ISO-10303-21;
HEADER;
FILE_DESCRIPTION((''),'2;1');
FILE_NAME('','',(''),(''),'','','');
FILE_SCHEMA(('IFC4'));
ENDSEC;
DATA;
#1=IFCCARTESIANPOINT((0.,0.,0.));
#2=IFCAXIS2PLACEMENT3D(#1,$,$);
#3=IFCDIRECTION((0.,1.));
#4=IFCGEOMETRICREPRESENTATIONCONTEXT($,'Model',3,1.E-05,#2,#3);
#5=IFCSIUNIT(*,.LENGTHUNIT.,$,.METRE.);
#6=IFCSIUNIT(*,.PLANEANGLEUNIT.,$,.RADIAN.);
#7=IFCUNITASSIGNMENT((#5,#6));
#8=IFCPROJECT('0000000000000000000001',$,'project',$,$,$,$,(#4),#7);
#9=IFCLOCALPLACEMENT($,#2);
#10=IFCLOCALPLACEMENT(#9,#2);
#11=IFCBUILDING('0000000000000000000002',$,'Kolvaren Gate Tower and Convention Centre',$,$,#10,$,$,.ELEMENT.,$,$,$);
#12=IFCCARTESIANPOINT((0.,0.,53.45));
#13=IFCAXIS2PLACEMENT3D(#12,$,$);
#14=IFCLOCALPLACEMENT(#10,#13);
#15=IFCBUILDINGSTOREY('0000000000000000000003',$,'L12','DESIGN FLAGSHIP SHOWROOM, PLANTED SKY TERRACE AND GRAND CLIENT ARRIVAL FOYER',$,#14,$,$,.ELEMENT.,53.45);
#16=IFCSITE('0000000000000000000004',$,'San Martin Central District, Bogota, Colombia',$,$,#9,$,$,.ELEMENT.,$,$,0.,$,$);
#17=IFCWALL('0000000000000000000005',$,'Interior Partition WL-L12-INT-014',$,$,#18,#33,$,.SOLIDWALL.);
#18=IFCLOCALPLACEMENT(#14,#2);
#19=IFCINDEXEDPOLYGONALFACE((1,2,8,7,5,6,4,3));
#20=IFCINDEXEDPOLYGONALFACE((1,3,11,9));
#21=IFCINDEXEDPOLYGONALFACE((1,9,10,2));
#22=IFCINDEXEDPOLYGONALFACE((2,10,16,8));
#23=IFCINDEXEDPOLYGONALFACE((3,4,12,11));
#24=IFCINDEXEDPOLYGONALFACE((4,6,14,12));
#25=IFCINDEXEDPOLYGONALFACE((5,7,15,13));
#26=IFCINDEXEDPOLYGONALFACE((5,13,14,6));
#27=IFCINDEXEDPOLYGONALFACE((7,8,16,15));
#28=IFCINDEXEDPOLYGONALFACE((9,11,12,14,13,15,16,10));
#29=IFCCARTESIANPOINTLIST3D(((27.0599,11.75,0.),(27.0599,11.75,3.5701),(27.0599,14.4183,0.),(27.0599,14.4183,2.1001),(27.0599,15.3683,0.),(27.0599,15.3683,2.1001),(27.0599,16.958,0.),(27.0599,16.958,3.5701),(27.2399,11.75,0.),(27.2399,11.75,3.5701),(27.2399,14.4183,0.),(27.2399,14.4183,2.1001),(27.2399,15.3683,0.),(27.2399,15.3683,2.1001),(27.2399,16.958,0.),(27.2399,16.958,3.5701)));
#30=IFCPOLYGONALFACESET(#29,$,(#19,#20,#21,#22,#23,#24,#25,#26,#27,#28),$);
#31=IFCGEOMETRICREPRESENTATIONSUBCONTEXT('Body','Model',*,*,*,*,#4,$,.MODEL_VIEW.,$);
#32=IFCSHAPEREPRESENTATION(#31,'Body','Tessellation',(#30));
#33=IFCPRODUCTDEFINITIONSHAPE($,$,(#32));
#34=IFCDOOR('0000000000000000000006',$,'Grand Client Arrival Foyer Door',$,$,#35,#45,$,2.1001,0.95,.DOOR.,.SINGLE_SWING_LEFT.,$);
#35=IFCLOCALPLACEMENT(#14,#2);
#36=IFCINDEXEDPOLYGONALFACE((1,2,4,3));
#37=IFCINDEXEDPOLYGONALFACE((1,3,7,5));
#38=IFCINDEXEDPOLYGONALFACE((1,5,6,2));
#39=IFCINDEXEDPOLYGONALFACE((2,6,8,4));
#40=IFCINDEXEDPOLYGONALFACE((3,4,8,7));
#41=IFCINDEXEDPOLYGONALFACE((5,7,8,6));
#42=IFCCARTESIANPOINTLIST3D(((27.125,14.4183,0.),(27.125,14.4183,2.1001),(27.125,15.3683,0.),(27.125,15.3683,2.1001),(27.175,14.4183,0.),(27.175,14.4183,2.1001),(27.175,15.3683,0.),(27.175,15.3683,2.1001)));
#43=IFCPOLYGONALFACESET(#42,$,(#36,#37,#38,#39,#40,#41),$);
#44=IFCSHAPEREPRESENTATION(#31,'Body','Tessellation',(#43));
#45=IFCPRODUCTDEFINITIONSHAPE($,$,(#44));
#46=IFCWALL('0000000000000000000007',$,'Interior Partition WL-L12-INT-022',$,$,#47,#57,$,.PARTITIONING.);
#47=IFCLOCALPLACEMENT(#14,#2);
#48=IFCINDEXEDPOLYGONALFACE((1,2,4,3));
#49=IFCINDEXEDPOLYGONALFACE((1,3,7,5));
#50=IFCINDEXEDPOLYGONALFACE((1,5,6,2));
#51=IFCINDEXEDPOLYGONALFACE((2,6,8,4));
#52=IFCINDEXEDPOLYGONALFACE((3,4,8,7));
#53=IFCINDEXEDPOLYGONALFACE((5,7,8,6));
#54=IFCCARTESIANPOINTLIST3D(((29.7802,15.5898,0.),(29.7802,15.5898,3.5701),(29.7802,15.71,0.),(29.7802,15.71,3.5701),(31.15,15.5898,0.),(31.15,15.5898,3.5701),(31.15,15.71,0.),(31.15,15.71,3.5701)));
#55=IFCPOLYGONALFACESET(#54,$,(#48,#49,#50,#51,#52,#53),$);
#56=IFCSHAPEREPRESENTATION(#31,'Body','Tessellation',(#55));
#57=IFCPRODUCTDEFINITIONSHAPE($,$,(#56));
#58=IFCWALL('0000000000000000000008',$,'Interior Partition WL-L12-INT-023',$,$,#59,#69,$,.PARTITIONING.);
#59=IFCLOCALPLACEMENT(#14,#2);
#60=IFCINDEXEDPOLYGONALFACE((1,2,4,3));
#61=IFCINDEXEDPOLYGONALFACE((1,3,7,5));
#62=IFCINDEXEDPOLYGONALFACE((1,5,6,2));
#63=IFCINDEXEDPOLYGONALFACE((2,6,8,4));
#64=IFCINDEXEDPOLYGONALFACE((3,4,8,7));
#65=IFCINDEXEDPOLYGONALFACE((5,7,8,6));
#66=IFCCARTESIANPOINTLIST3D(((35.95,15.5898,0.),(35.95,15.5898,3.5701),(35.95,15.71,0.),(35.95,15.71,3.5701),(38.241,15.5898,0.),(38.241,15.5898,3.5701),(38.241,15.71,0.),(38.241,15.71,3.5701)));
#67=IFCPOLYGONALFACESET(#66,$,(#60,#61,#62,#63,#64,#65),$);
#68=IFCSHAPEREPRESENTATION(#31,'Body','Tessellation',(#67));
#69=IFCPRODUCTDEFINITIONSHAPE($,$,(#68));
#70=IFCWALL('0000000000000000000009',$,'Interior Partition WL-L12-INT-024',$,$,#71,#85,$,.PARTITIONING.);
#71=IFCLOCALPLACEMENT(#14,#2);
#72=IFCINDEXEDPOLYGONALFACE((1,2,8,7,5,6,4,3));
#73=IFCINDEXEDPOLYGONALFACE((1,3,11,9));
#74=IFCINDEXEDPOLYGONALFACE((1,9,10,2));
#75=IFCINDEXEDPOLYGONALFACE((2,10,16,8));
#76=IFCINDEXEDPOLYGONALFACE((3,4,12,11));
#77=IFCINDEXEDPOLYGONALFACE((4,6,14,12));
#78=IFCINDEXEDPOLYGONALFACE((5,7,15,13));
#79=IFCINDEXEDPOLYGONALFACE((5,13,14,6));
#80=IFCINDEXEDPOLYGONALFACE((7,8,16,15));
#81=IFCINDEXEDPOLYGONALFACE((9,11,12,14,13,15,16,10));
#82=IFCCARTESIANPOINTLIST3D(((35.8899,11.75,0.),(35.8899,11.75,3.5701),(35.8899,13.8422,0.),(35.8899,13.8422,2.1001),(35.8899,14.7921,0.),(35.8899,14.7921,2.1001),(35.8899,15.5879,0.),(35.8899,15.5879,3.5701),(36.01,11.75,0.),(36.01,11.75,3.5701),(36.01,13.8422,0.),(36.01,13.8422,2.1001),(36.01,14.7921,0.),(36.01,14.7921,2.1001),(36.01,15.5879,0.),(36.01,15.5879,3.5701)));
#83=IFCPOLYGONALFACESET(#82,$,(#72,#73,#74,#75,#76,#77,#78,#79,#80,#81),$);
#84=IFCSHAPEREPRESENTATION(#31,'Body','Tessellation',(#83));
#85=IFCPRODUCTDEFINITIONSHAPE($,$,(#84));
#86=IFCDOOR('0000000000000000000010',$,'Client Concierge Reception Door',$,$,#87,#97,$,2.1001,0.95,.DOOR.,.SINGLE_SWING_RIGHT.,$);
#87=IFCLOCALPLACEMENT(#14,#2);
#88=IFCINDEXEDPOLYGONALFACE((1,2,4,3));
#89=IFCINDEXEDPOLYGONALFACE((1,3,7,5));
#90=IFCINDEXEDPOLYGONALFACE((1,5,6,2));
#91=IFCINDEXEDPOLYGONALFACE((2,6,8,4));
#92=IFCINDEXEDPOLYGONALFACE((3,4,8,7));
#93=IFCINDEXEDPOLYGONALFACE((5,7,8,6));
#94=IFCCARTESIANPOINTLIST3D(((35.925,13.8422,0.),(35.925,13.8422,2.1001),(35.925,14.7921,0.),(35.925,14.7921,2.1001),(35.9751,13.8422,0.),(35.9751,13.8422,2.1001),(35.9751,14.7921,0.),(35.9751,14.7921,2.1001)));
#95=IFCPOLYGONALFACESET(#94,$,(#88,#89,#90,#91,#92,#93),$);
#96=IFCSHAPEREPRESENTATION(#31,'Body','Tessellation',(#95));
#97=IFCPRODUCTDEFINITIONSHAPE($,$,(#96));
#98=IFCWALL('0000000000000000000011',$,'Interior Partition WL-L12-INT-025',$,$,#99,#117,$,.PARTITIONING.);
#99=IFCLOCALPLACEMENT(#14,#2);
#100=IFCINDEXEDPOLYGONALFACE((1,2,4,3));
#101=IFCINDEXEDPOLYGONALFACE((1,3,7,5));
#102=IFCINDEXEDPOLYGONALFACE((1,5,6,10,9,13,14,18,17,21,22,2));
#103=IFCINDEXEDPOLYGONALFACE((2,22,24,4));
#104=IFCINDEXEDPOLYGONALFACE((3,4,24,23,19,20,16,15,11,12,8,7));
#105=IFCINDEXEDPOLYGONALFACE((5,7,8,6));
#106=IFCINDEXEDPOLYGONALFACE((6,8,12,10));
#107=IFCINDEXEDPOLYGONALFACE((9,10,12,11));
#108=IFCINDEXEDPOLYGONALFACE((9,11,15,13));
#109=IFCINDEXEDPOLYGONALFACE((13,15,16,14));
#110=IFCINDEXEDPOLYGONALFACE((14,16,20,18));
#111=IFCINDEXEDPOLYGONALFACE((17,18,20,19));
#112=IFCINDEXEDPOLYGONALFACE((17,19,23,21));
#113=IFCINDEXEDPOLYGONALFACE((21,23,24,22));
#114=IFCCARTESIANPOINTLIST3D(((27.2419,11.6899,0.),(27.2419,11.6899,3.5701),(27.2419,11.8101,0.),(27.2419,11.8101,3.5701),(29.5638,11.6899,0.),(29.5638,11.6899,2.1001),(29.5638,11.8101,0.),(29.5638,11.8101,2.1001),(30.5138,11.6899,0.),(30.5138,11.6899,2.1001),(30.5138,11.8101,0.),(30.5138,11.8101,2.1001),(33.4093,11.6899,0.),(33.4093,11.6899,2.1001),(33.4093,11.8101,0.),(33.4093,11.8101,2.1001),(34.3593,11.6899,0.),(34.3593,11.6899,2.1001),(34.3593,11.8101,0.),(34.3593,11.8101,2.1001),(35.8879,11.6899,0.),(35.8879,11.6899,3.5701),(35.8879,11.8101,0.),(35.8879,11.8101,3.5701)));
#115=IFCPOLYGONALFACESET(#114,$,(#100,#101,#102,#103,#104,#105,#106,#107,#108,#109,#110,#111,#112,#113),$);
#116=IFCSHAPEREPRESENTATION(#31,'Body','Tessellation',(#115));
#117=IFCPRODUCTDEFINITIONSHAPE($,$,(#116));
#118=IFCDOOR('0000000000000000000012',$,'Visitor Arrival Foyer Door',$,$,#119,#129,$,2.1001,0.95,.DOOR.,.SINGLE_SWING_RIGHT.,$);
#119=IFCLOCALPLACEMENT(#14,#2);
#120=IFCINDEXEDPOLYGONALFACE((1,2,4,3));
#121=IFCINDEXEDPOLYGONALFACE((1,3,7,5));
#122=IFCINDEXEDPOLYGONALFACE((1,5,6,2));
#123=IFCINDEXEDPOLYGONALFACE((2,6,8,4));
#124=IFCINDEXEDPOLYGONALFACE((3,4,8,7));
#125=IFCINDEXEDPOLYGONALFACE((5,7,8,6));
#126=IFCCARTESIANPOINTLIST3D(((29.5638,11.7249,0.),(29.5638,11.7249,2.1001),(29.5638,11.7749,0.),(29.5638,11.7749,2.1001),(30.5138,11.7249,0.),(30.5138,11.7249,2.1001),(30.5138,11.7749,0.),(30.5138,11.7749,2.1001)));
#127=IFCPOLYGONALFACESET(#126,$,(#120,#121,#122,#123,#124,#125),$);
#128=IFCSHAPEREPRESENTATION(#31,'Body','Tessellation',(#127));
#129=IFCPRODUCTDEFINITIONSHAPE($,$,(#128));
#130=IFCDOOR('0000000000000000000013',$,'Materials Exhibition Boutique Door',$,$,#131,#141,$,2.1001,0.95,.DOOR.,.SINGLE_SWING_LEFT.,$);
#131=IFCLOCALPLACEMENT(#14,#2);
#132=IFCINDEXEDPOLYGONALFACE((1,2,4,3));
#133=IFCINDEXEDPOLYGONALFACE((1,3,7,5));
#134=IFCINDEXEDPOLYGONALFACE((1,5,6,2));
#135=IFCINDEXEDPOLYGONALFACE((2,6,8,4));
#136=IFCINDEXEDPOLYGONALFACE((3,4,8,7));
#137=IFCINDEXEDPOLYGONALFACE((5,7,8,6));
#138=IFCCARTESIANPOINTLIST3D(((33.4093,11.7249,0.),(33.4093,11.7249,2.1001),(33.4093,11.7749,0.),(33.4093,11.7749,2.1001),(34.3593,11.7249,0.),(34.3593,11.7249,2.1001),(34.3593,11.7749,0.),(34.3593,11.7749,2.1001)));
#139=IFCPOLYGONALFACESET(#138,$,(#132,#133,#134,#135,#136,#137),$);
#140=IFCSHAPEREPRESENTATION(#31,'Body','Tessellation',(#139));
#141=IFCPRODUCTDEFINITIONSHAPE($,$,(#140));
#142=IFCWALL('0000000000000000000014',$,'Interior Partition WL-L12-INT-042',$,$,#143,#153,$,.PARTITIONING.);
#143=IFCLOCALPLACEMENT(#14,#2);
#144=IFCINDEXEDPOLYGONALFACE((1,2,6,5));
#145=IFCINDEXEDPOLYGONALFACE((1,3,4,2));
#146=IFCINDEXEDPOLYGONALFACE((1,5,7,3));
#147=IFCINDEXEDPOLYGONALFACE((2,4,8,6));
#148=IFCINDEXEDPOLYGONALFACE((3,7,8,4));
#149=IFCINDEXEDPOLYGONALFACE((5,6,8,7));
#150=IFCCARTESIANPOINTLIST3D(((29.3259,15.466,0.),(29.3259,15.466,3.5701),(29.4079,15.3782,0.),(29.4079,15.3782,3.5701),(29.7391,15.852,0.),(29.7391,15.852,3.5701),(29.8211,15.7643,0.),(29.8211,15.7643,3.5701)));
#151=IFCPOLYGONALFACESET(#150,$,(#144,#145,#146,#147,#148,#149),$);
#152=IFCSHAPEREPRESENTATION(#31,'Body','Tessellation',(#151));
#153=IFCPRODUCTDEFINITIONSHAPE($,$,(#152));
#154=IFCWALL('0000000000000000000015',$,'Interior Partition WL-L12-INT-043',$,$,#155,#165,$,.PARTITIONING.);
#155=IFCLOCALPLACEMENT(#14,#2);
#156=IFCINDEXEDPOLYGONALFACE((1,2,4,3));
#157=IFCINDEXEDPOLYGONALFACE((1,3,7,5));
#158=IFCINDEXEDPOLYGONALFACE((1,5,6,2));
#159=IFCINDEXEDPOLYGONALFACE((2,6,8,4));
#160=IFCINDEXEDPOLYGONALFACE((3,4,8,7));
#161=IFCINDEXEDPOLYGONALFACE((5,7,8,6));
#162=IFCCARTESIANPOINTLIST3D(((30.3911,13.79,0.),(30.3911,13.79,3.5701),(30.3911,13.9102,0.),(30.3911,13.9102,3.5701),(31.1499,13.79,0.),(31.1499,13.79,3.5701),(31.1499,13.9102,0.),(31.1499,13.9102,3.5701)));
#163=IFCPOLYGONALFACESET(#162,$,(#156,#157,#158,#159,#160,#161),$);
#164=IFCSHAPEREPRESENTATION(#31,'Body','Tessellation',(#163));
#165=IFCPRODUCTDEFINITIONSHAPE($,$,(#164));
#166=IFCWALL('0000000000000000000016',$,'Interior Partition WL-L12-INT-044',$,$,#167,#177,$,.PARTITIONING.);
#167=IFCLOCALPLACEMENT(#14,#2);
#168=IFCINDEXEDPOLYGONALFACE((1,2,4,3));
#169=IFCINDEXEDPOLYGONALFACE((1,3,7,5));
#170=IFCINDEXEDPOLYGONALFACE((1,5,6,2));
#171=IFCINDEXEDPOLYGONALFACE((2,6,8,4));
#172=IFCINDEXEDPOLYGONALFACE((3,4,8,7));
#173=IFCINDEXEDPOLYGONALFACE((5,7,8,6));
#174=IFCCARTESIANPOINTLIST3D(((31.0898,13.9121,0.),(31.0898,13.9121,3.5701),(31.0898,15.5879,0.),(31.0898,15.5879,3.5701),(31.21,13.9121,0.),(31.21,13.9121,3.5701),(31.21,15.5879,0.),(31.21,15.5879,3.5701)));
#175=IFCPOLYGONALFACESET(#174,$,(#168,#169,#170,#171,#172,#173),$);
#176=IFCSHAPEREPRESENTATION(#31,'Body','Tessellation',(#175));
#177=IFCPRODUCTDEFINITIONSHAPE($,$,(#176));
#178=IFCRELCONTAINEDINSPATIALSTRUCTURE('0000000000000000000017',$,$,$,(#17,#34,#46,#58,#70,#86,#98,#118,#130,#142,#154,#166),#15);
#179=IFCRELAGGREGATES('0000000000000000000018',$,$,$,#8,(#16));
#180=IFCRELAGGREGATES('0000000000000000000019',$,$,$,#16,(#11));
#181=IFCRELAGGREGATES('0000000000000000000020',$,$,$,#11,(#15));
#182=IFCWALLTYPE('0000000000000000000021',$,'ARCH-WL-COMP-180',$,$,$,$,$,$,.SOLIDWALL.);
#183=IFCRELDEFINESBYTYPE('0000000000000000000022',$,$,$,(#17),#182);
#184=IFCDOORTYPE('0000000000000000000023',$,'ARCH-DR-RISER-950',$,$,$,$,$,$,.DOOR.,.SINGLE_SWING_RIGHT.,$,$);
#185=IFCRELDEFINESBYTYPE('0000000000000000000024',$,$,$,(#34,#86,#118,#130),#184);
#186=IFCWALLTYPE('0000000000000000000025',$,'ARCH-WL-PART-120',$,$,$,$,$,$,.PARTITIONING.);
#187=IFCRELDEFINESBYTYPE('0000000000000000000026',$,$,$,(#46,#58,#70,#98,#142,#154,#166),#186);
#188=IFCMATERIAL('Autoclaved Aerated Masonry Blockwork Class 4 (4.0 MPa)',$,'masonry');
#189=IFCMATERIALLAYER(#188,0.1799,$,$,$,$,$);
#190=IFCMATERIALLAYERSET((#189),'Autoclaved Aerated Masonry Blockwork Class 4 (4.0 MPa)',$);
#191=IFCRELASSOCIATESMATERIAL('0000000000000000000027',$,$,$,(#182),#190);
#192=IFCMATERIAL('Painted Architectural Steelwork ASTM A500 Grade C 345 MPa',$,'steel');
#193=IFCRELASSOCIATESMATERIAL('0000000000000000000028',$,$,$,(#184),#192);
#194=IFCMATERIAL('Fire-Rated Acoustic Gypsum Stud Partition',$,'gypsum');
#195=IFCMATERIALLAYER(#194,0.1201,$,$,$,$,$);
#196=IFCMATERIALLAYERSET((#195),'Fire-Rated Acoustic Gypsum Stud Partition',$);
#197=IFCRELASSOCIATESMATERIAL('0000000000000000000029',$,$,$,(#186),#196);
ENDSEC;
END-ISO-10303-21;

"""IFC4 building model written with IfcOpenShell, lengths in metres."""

from ifc_helpers import new_model, si_unit, direction, frame, frame_2d, origin, place, context, subcontext, project, spatial, rectangle, extrude, material, layer, layer_set, type_object, element, fill, save


model = new_model("IFC4")

# Units and contexts
model_context = context("Model", 3, precision=1e-05, world=origin(), true_north=direction((0.0, 1.0)))
body_context = subcontext(model_context, "Body", "Model", "MODEL_VIEW")
ifc_project = project(units=[si_unit("LENGTHUNIT", "METRE"), si_unit("PLANEANGLEUNIT", "RADIAN")], contexts=[model_context])

# Site, building, storey
site_placement = place(None, origin())
site = spatial("IfcSite", under=ifc_project, at=site_placement, Name="San Martin Central District, Bogota, Colombia", CompositionType="ELEMENT", RefElevation=0.0)
building_placement = place(site_placement, origin())
building = spatial("IfcBuilding", under=site, at=building_placement, Name="Kolvaren Gate Tower and Convention Centre", CompositionType="ELEMENT")
storey_placement = place(building_placement, frame((0.0, 0.0, 53.45)))
storey = spatial("IfcBuildingStorey", under=building, at=storey_placement, Name="L12", Description="DESIGN FLAGSHIP SHOWROOM, PLANTED SKY TERRACE AND GRAND CLIENT ARRIVAL FOYER", CompositionType="ELEMENT", Elevation=53.45)

# Wall, opening, door
ifc_material_1 = material(Name="Autoclaved Aerated Masonry Blockwork Class 4 (4.0 MPa)", Category="masonry")
ifc_layer_1 = layer(ifc_material_1, 0.1799)
ifc_layer_set_1 = layer_set([ifc_layer_1], Name="Autoclaved Aerated Masonry Blockwork Class 4 (4.0 MPa)")
wall_type_1 = type_object("IfcWallType", Name="ARCH-WL-COMP-180", PredefinedType="SOLIDWALL", material=ifc_layer_set_1)
wall_1_placement = place(storey_placement, frame((27.1499, 11.75, 0.0), z_axis=(0.0, 0.0, 1.0), x_axis=(0.0, 1.0, 0.0)))
wall_1 = element("IfcWall", 1, at=wall_1_placement, inside=storey, type_object=wall_type_1, Name="Interior Partition WL-L12-INT-014", PredefinedType="SOLIDWALL", context=body_context, shape_type="SweptSolid", body=[
    extrude(rectangle(XDim=5.208, YDim=0.1799, at=frame_2d((2.604, 0.0))), origin(), (0.0, 0.0, 1.0), 3.5701),
])
opening_1_placement = place(wall_1_placement, frame((2.6682, 0.0, 0.0)))
opening_1 = element("IfcOpeningElement", 2, at=opening_1_placement, cuts=wall_1, PredefinedType="OPENING", context=body_context, shape_type="SweptSolid", body=[
    extrude(rectangle(XDim=0.95, YDim=2.1001, at=frame_2d((0.4751, 1.05))), frame((0.0, 0.0999, 0.0), z_axis=(0.0, -1.0, 0.0), x_axis=(1.0, 0.0, 0.0)), (0.0, 0.0, 1.0), 0.2),
])
ifc_material_2 = material(Name="Painted Architectural Steelwork ASTM A500 Grade C 345 MPa", Category="steel")
door_type = type_object("IfcDoorType", Name="ARCH-DR-RISER-950", OperationType="SINGLE_SWING_RIGHT", PredefinedType="DOOR", material=ifc_material_2)
door_1_placement = place(opening_1_placement, origin())
door_1 = element("IfcDoor", 3, at=door_1_placement, inside=storey, type_object=door_type, Name="Grand Client Arrival Foyer Door", OperationType="SINGLE_SWING_LEFT", OverallHeight=2.1001, OverallWidth=0.95, PredefinedType="DOOR", context=body_context, shape_type="SweptSolid", body=[
    extrude(rectangle(XDim=0.95, YDim=2.1001, at=frame_2d((0.4751, 1.05))), frame((0.0, 0.0249, 0.0), z_axis=(0.0, -1.0, 0.0), x_axis=(1.0, 0.0, 0.0)), (0.0, 0.0, 1.0), 0.05),
])
fill(opening_1, door_1)

# Walls
ifc_material_3 = material(Name="Fire-Rated Acoustic Gypsum Stud Partition", Category="gypsum")
ifc_layer_2 = layer(ifc_material_3, 0.1201)
ifc_layer_set_2 = layer_set([ifc_layer_2], Name="Fire-Rated Acoustic Gypsum Stud Partition")
wall_type_2 = type_object("IfcWallType", Name="ARCH-WL-PART-120", PredefinedType="PARTITIONING", material=ifc_layer_set_2)
wall_2_placement = place(storey_placement, frame((29.78, 15.6499, 0.0), z_axis=(0.0, 0.0, 1.0), x_axis=(1.0, 0.0, 0.0)))
element("IfcWall", 4, at=wall_2_placement, inside=storey, type_object=wall_type_2, Name="Interior Partition WL-L12-INT-022", PredefinedType="PARTITIONING", context=body_context, shape_type="SweptSolid", body=[
    extrude(rectangle(XDim=1.3699, YDim=0.1201, at=frame_2d((0.6851, 0.0))), origin(), (0.0, 0.0, 1.0), 3.5701),
])
wall_3_placement = place(storey_placement, frame((35.95, 15.6499, 0.0), z_axis=(0.0, 0.0, 1.0), x_axis=(1.0, 0.0, 0.0)))
element("IfcWall", 5, at=wall_3_placement, inside=storey, type_object=wall_type_2, Name="Interior Partition WL-L12-INT-023", PredefinedType="PARTITIONING", context=body_context, shape_type="SweptSolid", body=[
    extrude(rectangle(XDim=2.291, YDim=0.1201, at=frame_2d((1.1455, 0.0))), origin(), (0.0, 0.0, 1.0), 3.5701),
])

# Wall, opening, door
wall_4_placement = place(storey_placement, frame((35.95, 11.75, 0.0), z_axis=(0.0, 0.0, 1.0), x_axis=(0.0, 1.0, 0.0)))
wall_4 = element("IfcWall", 6, at=wall_4_placement, inside=storey, type_object=wall_type_2, Name="Interior Partition WL-L12-INT-024", PredefinedType="PARTITIONING", context=body_context, shape_type="SweptSolid", body=[
    extrude(rectangle(XDim=3.8379, YDim=0.1201, at=frame_2d((1.9189, 0.0))), origin(), (0.0, 0.0, 1.0), 3.5701),
])
opening_2_placement = place(wall_4_placement, frame((2.092, 0.0, 0.0)))
opening_2 = element("IfcOpeningElement", 7, at=opening_2_placement, cuts=wall_4, PredefinedType="OPENING", context=body_context, shape_type="SweptSolid", body=[
    extrude(rectangle(XDim=0.95, YDim=2.1001, at=frame_2d((0.4751, 1.05))), frame((0.0, 0.0701, 0.0), z_axis=(0.0, -1.0, 0.0), x_axis=(1.0, 0.0, 0.0)), (0.0, 0.0, 1.0), 0.1401),
])
door_2_placement = place(opening_2_placement, origin())
door_2 = element("IfcDoor", 8, at=door_2_placement, inside=storey, type_object=door_type, Name="Client Concierge Reception Door", OperationType="SINGLE_SWING_RIGHT", OverallHeight=2.1001, OverallWidth=0.95, PredefinedType="DOOR", context=body_context, shape_type="SweptSolid", body=[
    extrude(rectangle(XDim=0.95, YDim=2.1001, at=frame_2d((0.4751, 1.05))), frame((0.0, 0.0249, 0.0), z_axis=(0.0, -1.0, 0.0), x_axis=(1.0, 0.0, 0.0)), (0.0, 0.0, 1.0), 0.05),
])
fill(opening_2, door_2)

# Wall, openings, doors
wall_5_placement = place(storey_placement, frame((27.2419, 11.75, 0.0), z_axis=(0.0, 0.0, 1.0), x_axis=(1.0, 0.0, 0.0)))
wall_5 = element("IfcWall", 9, at=wall_5_placement, inside=storey, type_object=wall_type_2, Name="Interior Partition WL-L12-INT-025", PredefinedType="PARTITIONING", context=body_context, shape_type="SweptSolid", body=[
    extrude(rectangle(XDim=8.646, YDim=0.1201, at=frame_2d((4.323, 0.0))), origin(), (0.0, 0.0, 1.0), 3.5701),
])
opening_3_placement = place(wall_5_placement, frame((2.3218, 0.0, 0.0)))
opening_3 = element("IfcOpeningElement", 10, at=opening_3_placement, cuts=wall_5, PredefinedType="OPENING", context=body_context, shape_type="SweptSolid", body=[
    extrude(rectangle(XDim=0.95, YDim=2.1001, at=frame_2d((0.4751, 1.05))), frame((0.0, 0.0701, 0.0), z_axis=(0.0, -1.0, 0.0), x_axis=(1.0, 0.0, 0.0)), (0.0, 0.0, 1.0), 0.1401),
])
opening_4_placement = place(wall_5_placement, frame((6.1672, 0.0, 0.0)))
opening_4 = element("IfcOpeningElement", 11, at=opening_4_placement, cuts=wall_5, PredefinedType="OPENING", context=body_context, shape_type="SweptSolid", body=[
    extrude(rectangle(XDim=0.95, YDim=2.1001, at=frame_2d((0.4751, 1.05))), frame((0.0, 0.0701, 0.0), z_axis=(0.0, -1.0, 0.0), x_axis=(1.0, 0.0, 0.0)), (0.0, 0.0, 1.0), 0.1401),
])
door_3_placement = place(opening_3_placement, origin())
door_3 = element("IfcDoor", 12, at=door_3_placement, inside=storey, type_object=door_type, Name="Visitor Arrival Foyer Door", OperationType="SINGLE_SWING_RIGHT", OverallHeight=2.1001, OverallWidth=0.95, PredefinedType="DOOR", context=body_context, shape_type="SweptSolid", body=[
    extrude(rectangle(XDim=0.95, YDim=2.1001, at=frame_2d((0.4751, 1.05))), frame((0.0, 0.0249, 0.0), z_axis=(0.0, -1.0, 0.0), x_axis=(1.0, 0.0, 0.0)), (0.0, 0.0, 1.0), 0.05),
])
fill(opening_3, door_3)
door_4_placement = place(opening_4_placement, origin())
door_4 = element("IfcDoor", 13, at=door_4_placement, inside=storey, type_object=door_type, Name="Materials Exhibition Boutique Door", OperationType="SINGLE_SWING_LEFT", OverallHeight=2.1001, OverallWidth=0.95, PredefinedType="DOOR", context=body_context, shape_type="SweptSolid", body=[
    extrude(rectangle(XDim=0.95, YDim=2.1001, at=frame_2d((0.4751, 1.05))), frame((0.0, 0.0249, 0.0), z_axis=(0.0, -1.0, 0.0), x_axis=(1.0, 0.0, 0.0)), (0.0, 0.0, 1.0), 0.05),
])
fill(opening_4, door_4)

# Walls
wall_6_placement = place(storey_placement, frame((29.3669, 15.4221, 0.0), z_axis=(0.0, 0.0, 1.0), x_axis=(0.730667, 0.682734, 0.0)))
element("IfcWall", 14, at=wall_6_placement, inside=storey, type_object=wall_type_2, Name="Interior Partition WL-L12-INT-042", PredefinedType="PARTITIONING", context=body_context, shape_type="SweptSolid", body=[
    extrude(rectangle(XDim=0.5654, YDim=0.1201, at=frame_2d((0.2827, 0.0))), origin(), (0.0, 0.0, 1.0), 3.5701),
])
wall_7_placement = place(storey_placement, frame((30.3911, 13.8501, 0.0), z_axis=(0.0, 0.0, 1.0), x_axis=(1.0, 0.0, 0.0)))
element("IfcWall", 15, at=wall_7_placement, inside=storey, type_object=wall_type_2, Name="Interior Partition WL-L12-INT-043", PredefinedType="PARTITIONING", context=body_context, shape_type="SweptSolid", body=[
    extrude(rectangle(XDim=0.7588, YDim=0.1201, at=frame_2d((0.3794, 0.0))), origin(), (0.0, 0.0, 1.0), 3.5701),
])
wall_8_placement = place(storey_placement, frame((31.1499, 13.9121, 0.0), z_axis=(0.0, 0.0, 1.0), x_axis=(0.0, 1.0, 0.0)))
element("IfcWall", 16, at=wall_8_placement, inside=storey, type_object=wall_type_2, Name="Interior Partition WL-L12-INT-044", PredefinedType="PARTITIONING", context=body_context, shape_type="SweptSolid", body=[
    extrude(rectangle(XDim=1.6758, YDim=0.1201, at=frame_2d((0.8379, 0.0))), origin(), (0.0, 0.0, 1.0), 3.5701),
])

save(model, "model.ifc")
